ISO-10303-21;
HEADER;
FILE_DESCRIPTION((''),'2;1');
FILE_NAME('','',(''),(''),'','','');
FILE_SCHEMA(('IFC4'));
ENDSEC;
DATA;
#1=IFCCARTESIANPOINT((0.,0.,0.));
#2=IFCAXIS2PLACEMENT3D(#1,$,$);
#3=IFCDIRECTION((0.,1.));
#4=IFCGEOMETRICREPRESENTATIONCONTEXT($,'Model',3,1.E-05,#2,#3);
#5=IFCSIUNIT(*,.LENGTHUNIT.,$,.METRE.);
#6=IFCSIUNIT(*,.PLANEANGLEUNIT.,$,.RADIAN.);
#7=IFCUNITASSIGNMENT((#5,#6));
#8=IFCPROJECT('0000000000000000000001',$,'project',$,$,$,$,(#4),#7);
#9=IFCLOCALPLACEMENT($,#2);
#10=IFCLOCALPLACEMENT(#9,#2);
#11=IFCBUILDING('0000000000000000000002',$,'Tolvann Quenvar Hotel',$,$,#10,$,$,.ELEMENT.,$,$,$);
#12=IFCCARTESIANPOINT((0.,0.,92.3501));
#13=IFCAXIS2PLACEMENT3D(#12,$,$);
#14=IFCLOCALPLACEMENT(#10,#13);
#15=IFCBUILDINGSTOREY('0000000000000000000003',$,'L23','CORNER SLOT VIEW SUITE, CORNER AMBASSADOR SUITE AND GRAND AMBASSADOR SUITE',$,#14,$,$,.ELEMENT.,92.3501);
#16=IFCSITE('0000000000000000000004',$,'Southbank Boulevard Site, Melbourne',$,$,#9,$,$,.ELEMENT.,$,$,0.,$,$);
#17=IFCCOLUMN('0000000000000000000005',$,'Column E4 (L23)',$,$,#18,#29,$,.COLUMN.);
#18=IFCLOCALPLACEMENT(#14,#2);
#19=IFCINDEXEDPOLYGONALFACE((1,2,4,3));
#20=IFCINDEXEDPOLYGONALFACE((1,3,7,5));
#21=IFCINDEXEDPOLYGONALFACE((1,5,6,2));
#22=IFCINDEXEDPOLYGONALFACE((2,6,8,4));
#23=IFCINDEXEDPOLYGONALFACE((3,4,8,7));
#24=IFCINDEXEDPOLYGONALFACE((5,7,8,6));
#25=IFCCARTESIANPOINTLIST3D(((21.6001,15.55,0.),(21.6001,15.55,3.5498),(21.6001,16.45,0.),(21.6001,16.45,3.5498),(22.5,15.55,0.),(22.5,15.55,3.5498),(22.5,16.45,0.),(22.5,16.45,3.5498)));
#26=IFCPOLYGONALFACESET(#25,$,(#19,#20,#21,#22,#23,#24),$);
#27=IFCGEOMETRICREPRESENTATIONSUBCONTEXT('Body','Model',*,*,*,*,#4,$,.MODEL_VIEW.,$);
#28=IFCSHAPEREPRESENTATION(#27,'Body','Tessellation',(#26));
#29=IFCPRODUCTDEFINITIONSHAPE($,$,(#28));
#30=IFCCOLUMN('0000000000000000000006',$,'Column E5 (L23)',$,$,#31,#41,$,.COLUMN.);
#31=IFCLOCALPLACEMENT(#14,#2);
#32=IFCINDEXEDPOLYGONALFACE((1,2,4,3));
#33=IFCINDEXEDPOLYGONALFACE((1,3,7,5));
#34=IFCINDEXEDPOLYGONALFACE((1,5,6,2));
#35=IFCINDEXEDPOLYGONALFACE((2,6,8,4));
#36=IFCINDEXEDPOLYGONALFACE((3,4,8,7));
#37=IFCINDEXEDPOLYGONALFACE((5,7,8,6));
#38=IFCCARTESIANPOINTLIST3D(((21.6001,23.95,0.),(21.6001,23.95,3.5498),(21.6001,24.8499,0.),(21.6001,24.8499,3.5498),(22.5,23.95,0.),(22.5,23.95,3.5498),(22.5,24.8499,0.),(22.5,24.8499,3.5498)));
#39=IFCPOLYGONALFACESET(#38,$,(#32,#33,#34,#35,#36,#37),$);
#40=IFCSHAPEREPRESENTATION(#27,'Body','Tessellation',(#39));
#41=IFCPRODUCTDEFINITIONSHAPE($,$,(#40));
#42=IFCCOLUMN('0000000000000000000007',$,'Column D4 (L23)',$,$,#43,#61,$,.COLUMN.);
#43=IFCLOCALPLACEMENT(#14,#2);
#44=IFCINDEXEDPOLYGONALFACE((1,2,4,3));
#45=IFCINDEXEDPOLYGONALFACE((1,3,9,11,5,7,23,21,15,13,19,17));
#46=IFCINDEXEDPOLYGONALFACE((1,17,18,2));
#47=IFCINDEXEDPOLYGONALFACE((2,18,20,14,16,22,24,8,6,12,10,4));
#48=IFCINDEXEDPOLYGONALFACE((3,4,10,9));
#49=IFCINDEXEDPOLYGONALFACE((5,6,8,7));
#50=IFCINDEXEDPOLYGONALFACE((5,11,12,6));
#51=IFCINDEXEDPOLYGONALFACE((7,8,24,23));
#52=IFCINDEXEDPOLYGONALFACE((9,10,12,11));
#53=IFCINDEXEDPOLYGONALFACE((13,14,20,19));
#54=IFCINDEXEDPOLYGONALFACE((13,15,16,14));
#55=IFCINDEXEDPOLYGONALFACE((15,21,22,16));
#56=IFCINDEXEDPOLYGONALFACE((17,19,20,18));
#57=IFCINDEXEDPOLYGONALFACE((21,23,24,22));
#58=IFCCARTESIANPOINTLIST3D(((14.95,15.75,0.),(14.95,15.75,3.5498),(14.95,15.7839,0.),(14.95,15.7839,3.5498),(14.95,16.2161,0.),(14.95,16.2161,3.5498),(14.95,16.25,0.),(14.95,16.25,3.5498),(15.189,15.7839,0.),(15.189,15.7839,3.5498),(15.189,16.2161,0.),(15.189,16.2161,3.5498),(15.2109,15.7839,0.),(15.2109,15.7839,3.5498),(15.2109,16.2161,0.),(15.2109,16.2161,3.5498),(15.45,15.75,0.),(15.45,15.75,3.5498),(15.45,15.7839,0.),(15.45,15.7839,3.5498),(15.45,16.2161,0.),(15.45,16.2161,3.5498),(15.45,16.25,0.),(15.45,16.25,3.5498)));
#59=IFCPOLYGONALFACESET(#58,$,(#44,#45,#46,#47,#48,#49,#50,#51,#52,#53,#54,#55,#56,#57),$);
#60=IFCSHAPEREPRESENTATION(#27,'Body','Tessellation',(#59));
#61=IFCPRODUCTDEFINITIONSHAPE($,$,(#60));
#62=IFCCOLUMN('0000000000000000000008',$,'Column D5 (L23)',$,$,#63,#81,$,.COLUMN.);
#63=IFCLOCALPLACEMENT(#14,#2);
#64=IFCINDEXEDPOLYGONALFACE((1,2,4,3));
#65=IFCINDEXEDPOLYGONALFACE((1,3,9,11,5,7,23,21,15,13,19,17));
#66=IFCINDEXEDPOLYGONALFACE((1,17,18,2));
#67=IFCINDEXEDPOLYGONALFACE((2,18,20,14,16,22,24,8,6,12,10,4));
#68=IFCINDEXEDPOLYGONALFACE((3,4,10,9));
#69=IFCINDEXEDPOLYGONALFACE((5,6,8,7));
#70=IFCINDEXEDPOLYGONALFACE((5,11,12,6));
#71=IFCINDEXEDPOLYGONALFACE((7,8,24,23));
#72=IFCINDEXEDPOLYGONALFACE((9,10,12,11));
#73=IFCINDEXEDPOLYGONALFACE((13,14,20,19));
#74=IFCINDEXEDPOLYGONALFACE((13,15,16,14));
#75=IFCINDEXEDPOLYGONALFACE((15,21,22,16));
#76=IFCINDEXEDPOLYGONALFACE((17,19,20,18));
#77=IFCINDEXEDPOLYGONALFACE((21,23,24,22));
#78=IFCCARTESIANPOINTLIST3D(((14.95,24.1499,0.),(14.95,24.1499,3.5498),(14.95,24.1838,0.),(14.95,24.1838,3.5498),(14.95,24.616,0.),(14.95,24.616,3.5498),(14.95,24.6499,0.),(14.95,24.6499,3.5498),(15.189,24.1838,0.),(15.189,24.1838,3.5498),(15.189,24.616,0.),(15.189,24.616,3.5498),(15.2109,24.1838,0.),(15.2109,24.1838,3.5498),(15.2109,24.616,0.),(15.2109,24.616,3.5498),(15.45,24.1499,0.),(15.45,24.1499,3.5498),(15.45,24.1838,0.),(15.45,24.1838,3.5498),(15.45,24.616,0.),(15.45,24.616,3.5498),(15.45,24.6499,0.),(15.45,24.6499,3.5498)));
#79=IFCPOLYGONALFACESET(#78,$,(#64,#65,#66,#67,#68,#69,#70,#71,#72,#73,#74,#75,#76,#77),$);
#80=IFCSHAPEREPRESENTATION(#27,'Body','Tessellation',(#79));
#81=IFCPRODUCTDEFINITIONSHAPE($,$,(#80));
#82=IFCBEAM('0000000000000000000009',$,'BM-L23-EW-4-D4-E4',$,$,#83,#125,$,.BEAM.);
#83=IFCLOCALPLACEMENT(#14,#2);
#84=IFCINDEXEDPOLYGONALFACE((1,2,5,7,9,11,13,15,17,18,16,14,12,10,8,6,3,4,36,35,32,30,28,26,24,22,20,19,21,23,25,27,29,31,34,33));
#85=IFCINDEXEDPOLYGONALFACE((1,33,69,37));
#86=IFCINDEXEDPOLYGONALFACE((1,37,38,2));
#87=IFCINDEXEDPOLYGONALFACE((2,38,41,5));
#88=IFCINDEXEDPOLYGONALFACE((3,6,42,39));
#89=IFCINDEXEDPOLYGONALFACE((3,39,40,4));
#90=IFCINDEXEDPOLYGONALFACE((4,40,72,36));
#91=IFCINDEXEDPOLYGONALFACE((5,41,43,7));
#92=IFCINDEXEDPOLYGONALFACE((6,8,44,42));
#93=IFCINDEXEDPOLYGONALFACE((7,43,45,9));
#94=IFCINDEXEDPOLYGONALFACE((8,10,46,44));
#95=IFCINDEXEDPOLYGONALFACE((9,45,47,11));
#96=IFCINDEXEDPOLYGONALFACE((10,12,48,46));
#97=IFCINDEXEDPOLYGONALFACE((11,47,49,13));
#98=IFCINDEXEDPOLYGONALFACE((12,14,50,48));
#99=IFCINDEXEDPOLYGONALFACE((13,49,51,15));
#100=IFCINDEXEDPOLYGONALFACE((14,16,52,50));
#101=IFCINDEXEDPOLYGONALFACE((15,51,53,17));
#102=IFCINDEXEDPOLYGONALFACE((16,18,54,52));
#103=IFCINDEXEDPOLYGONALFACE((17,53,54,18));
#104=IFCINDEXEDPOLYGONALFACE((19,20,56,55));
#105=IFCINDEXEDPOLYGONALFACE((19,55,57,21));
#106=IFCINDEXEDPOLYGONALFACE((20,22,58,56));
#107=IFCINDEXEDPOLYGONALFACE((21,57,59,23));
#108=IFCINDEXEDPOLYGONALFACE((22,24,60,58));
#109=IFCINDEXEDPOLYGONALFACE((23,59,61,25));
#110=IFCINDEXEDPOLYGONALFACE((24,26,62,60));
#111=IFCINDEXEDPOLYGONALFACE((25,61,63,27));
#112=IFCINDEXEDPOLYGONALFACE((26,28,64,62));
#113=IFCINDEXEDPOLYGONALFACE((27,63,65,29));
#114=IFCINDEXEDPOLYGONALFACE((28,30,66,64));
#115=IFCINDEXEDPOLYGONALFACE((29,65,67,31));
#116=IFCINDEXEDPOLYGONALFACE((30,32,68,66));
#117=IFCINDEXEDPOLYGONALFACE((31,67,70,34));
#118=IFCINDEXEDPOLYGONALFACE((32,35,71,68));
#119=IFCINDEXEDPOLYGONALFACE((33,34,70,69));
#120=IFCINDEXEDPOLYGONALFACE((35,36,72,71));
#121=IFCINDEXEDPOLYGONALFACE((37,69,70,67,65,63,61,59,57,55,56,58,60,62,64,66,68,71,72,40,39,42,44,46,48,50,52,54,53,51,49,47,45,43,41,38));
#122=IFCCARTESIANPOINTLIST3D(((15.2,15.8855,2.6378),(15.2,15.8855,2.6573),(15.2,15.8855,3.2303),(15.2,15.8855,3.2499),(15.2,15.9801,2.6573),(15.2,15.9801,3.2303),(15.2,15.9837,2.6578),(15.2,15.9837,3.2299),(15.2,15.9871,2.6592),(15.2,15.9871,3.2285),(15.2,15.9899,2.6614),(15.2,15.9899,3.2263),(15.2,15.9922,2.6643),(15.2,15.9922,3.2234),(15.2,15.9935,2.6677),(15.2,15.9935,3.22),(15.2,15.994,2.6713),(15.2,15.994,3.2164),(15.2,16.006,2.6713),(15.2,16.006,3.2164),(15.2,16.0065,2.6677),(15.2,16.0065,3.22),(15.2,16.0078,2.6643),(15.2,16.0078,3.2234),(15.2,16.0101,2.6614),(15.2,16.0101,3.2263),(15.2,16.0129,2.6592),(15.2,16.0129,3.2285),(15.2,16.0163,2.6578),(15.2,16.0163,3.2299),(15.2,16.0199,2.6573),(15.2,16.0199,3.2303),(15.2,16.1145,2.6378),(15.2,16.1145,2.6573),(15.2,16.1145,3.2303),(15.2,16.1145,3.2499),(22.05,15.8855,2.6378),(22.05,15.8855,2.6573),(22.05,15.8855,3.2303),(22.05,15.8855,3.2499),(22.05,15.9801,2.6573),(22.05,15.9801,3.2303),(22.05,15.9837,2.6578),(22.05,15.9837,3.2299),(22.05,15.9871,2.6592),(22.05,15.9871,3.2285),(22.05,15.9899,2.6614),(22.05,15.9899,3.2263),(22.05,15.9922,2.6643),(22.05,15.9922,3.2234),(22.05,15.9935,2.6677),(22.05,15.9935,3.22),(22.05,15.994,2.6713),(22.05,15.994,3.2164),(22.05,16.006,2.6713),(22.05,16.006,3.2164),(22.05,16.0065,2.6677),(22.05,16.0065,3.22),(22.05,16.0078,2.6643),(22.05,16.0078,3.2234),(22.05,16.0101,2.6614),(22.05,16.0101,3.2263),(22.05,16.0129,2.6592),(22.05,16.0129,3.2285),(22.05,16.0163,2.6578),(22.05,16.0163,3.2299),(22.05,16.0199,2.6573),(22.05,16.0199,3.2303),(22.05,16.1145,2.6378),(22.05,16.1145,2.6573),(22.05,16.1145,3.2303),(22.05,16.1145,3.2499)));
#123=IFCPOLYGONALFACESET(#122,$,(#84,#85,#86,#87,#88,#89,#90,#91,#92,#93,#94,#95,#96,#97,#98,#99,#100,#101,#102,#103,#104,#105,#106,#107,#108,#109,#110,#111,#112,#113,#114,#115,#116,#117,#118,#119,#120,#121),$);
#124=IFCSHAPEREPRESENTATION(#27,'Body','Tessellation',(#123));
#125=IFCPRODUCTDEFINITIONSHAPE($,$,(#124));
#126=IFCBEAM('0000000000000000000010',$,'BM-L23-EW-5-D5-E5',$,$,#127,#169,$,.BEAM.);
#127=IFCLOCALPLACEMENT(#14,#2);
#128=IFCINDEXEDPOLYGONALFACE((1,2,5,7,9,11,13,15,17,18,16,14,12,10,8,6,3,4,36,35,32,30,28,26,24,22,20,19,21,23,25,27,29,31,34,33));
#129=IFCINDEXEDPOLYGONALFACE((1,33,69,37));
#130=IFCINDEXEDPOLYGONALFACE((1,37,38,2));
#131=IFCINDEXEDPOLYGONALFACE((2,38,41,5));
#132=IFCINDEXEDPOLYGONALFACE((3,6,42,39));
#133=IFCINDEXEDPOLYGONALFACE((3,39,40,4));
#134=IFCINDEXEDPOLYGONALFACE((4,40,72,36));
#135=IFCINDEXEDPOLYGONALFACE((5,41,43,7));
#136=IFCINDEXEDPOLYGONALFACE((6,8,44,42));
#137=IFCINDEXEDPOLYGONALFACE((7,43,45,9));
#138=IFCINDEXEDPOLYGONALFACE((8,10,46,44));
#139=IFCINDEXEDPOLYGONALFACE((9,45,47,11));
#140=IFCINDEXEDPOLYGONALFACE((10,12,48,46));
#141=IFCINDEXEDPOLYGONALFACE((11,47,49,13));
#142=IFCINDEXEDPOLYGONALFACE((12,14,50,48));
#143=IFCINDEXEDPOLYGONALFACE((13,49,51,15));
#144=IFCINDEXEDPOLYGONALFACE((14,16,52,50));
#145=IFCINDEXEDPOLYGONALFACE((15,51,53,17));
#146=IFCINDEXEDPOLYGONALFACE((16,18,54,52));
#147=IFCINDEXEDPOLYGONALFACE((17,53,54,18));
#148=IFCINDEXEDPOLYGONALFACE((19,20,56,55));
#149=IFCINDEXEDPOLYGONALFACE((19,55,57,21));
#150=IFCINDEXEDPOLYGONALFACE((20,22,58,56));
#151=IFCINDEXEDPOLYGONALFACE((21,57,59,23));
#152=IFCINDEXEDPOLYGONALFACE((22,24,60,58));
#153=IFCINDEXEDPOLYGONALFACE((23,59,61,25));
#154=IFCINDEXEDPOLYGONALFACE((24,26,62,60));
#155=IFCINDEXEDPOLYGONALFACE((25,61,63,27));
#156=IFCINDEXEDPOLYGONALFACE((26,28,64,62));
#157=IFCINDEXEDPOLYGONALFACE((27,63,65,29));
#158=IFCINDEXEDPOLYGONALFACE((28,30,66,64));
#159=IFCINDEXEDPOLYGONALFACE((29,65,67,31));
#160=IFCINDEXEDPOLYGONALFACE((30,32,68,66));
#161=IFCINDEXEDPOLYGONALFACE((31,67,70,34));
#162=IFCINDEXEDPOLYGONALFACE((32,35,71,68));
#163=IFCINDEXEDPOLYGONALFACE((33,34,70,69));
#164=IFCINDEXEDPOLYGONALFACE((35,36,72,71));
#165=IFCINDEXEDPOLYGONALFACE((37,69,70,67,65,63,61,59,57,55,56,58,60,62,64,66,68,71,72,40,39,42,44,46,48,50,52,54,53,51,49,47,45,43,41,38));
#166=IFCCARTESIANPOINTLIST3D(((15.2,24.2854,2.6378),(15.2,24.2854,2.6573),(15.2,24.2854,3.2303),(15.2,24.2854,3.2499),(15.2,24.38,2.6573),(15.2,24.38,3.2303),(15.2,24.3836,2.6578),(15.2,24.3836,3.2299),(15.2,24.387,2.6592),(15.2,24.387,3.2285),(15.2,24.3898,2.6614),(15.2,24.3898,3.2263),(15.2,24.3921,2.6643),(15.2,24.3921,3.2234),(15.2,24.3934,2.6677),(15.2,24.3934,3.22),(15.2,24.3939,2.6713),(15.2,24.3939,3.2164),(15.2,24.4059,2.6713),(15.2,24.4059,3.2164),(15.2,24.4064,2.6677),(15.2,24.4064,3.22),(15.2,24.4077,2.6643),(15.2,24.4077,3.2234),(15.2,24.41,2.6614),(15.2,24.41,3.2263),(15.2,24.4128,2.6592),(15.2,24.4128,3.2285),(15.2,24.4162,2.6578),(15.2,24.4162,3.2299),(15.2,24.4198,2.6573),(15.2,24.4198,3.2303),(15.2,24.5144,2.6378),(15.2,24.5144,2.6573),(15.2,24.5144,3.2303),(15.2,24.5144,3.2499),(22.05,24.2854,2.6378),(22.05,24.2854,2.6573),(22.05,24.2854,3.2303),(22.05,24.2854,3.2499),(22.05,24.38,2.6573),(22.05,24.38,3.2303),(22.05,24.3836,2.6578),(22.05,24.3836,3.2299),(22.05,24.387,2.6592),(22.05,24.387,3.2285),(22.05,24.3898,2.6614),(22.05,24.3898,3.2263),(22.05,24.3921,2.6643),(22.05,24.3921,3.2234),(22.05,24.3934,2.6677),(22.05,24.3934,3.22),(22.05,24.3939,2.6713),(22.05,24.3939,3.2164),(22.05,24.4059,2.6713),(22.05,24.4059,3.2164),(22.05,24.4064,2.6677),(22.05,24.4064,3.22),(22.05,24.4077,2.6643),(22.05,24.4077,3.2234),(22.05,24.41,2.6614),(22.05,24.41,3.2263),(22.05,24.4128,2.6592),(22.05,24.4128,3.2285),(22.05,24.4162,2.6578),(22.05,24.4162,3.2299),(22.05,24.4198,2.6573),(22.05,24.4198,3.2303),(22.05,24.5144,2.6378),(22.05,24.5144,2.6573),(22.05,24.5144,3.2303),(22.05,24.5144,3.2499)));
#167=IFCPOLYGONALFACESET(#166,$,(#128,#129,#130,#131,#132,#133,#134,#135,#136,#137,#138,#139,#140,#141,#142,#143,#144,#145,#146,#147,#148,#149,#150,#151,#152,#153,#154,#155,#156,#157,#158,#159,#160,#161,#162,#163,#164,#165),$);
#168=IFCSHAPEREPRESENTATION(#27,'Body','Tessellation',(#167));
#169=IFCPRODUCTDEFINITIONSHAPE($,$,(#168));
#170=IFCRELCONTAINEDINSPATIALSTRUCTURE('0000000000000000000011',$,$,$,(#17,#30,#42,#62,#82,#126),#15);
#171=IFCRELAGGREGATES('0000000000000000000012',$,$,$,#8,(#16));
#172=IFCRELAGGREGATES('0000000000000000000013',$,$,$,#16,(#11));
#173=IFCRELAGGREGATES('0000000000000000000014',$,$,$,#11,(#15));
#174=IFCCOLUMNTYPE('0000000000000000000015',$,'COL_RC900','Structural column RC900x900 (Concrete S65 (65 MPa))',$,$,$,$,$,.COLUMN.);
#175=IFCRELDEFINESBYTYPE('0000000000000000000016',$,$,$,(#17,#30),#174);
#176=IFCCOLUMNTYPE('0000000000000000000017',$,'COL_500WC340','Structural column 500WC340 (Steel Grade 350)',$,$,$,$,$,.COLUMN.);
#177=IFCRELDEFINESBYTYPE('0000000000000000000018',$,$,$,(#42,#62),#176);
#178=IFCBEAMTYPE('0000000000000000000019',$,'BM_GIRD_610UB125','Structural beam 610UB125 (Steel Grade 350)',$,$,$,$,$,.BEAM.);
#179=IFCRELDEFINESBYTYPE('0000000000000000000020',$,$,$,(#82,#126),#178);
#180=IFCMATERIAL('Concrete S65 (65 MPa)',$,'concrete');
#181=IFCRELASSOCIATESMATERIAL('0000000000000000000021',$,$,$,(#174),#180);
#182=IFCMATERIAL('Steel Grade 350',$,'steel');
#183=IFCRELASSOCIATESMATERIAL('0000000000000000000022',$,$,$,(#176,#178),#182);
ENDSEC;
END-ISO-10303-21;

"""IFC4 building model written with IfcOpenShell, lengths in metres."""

from ifc_helpers import new_model, si_unit, direction, frame, origin, origin_2d, place, context, subcontext, project, spatial, rectangle, i_section, extrude, source, transform, mapped, material, material_profile, profile_set, type_object, type_shapes, element, save


model = new_model("IFC4")

# Units and contexts
model_context = context("Model", 3, precision=1e-05, world=origin(), true_north=direction((0.0, 1.0)))
body_context = subcontext(model_context, "Body", "Model", "MODEL_VIEW")
ifc_project = project(units=[si_unit("LENGTHUNIT", "METRE"), si_unit("PLANEANGLEUNIT", "RADIAN")], contexts=[model_context])

# Site, building, storey
site_placement = place(None, origin())
site = spatial("IfcSite", under=ifc_project, at=site_placement, Name="Southbank Boulevard Site, Melbourne", CompositionType="ELEMENT", RefElevation=0.0)
building_placement = place(site_placement, origin())
building = spatial("IfcBuilding", under=site, at=building_placement, Name="Tolvann Quenvar Hotel", CompositionType="ELEMENT")
storey_placement = place(building_placement, frame((0.0, 0.0, 92.3501)))
storey = spatial("IfcBuildingStorey", under=building, at=storey_placement, Name="L23", Description="CORNER SLOT VIEW SUITE, CORNER AMBASSADOR SUITE AND GRAND AMBASSADOR SUITE", CompositionType="ELEMENT", Elevation=92.3501)

# Columns
ifc_material_1 = material(Name="Concrete S65 (65 MPa)", Category="concrete")
ifc_material_profile_1 = material_profile(ifc_material_1, rectangle(XDim=0.8999, YDim=0.8999, at=origin_2d()), Name="RC900x900")
ifc_profile_set_1 = profile_set([ifc_material_profile_1], Name="Concrete S65 (65 MPa)")
column_type_1 = type_object("IfcColumnType", Name="COL_RC900", Description="Structural column RC900x900 (Concrete S65 (65 MPa))", PredefinedType="COLUMN", material=ifc_profile_set_1)
shared_shape_1 = source(origin(), body_context, "Body", "SweptSolid", [
    extrude(rectangle(XDim=0.8999, YDim=0.8999, at=origin_2d()), origin(), (0.0, 0.0, 1.0), 3.5498),
])
type_shapes(column_type_1, [shared_shape_1])
for number, where, z_axis, x_axis, name in (
    (1, (22.05, 16.0, 0.0), (0.0, 0.0, 1.0), (1.0, 0.0, 0.0), "Column E4 (L23)"),
    (2, (22.05, 24.3999, 0.0), (0.0, 0.0, 1.0), (1.0, 0.0, 0.0), "Column E5 (L23)"),
):
    element("IfcColumn", number, at=place(storey_placement, frame(where, z_axis=z_axis, x_axis=x_axis)), inside=storey, type_object=column_type_1, Name=name, PredefinedType="COLUMN", context=body_context, shape_type="MappedRepresentation", body=[
        mapped(shared_shape_1, transform((0.0, 0.0, 0.0), x_axis=(1.0, 0.0, 0.0), y_axis=(0.0, 1.0, 0.0), z_axis=(0.0, 0.0, 1.0), scale=1.0)),
    ])
ifc_material_2 = material(Name="Steel Grade 350", Category="steel")
ifc_material_profile_2 = material_profile(ifc_material_2, i_section(OverallWidth=0.5, OverallDepth=0.5, WebThickness=0.022, FlangeThickness=0.0339, at=origin_2d()), Name="500WC340")
ifc_profile_set_2 = profile_set([ifc_material_profile_2], Name="Steel Grade 350")
column_type_2 = type_object("IfcColumnType", Name="COL_500WC340", Description="Structural column 500WC340 (Steel Grade 350)", PredefinedType="COLUMN", material=ifc_profile_set_2)
shared_shape_2 = source(origin(), body_context, "Body", "SweptSolid", [
    extrude(i_section(OverallWidth=0.5, OverallDepth=0.5, WebThickness=0.022, FlangeThickness=0.0339, at=origin_2d()), origin(), (0.0, 0.0, 1.0), 3.5498),
])
type_shapes(column_type_2, [shared_shape_2])
for number, where, z_axis, x_axis, name in (
    (3, (15.2, 16.0, 0.0), (0.0, 0.0, 1.0), (1.0, 0.0, 0.0), "Column D4 (L23)"),
    (4, (15.2, 24.3999, 0.0), (0.0, 0.0, 1.0), (1.0, 0.0, 0.0), "Column D5 (L23)"),
):
    element("IfcColumn", number, at=place(storey_placement, frame(where, z_axis=z_axis, x_axis=x_axis)), inside=storey, type_object=column_type_2, Name=name, PredefinedType="COLUMN", context=body_context, shape_type="MappedRepresentation", body=[
        mapped(shared_shape_2, transform((0.0, 0.0, 0.0), x_axis=(1.0, 0.0, 0.0), y_axis=(0.0, 1.0, 0.0), z_axis=(0.0, 0.0, 1.0), scale=1.0)),
    ])

# Beams
ifc_material_profile_3 = material_profile(ifc_material_2, i_section(OverallWidth=0.229, OverallDepth=0.6121, WebThickness=0.012, FlangeThickness=0.0195, FilletRadius=0.0139, at=origin_2d()), Name="610UB125")
ifc_profile_set_3 = profile_set([ifc_material_profile_3], Name="Steel Grade 350")
beam_type_1 = type_object("IfcBeamType", Name="BM_GIRD_610UB125", Description="Structural beam 610UB125 (Steel Grade 350)", PredefinedType="BEAM", material=ifc_profile_set_3)
shared_shape_3 = source(origin(), body_context, "Body", "SweptSolid", [
    extrude(i_section(OverallWidth=0.229, OverallDepth=0.6121, WebThickness=0.012, FlangeThickness=0.0195, FilletRadius=0.0139, at=origin_2d()), origin(), (0.0, 0.0, 1.0), 6.8501),
])
for number, where, z_axis, x_axis, name in (
    (5, (15.2, 16.0, 2.9438), (1.0, 0.0, 0.0), (0.0, 1.0, 0.0), "BM-L23-EW-4-D4-E4"),
    (6, (15.2, 24.3999, 2.9438), (1.0, 0.0, 0.0), (0.0, 1.0, 0.0), "BM-L23-EW-5-D5-E5"),
):
    element("IfcBeam", number, at=place(storey_placement, frame(where, z_axis=z_axis, x_axis=x_axis)), inside=storey, type_object=beam_type_1, Name=name, PredefinedType="BEAM", context=body_context, shape_type="MappedRepresentation", body=[
        mapped(shared_shape_3, transform((0.0, 0.0, 0.0), x_axis=(1.0, 0.0, 0.0), y_axis=(0.0, 1.0, 0.0), z_axis=(0.0, 0.0, 1.0), scale=1.0)),
    ])

save(model, "model.ifc")
